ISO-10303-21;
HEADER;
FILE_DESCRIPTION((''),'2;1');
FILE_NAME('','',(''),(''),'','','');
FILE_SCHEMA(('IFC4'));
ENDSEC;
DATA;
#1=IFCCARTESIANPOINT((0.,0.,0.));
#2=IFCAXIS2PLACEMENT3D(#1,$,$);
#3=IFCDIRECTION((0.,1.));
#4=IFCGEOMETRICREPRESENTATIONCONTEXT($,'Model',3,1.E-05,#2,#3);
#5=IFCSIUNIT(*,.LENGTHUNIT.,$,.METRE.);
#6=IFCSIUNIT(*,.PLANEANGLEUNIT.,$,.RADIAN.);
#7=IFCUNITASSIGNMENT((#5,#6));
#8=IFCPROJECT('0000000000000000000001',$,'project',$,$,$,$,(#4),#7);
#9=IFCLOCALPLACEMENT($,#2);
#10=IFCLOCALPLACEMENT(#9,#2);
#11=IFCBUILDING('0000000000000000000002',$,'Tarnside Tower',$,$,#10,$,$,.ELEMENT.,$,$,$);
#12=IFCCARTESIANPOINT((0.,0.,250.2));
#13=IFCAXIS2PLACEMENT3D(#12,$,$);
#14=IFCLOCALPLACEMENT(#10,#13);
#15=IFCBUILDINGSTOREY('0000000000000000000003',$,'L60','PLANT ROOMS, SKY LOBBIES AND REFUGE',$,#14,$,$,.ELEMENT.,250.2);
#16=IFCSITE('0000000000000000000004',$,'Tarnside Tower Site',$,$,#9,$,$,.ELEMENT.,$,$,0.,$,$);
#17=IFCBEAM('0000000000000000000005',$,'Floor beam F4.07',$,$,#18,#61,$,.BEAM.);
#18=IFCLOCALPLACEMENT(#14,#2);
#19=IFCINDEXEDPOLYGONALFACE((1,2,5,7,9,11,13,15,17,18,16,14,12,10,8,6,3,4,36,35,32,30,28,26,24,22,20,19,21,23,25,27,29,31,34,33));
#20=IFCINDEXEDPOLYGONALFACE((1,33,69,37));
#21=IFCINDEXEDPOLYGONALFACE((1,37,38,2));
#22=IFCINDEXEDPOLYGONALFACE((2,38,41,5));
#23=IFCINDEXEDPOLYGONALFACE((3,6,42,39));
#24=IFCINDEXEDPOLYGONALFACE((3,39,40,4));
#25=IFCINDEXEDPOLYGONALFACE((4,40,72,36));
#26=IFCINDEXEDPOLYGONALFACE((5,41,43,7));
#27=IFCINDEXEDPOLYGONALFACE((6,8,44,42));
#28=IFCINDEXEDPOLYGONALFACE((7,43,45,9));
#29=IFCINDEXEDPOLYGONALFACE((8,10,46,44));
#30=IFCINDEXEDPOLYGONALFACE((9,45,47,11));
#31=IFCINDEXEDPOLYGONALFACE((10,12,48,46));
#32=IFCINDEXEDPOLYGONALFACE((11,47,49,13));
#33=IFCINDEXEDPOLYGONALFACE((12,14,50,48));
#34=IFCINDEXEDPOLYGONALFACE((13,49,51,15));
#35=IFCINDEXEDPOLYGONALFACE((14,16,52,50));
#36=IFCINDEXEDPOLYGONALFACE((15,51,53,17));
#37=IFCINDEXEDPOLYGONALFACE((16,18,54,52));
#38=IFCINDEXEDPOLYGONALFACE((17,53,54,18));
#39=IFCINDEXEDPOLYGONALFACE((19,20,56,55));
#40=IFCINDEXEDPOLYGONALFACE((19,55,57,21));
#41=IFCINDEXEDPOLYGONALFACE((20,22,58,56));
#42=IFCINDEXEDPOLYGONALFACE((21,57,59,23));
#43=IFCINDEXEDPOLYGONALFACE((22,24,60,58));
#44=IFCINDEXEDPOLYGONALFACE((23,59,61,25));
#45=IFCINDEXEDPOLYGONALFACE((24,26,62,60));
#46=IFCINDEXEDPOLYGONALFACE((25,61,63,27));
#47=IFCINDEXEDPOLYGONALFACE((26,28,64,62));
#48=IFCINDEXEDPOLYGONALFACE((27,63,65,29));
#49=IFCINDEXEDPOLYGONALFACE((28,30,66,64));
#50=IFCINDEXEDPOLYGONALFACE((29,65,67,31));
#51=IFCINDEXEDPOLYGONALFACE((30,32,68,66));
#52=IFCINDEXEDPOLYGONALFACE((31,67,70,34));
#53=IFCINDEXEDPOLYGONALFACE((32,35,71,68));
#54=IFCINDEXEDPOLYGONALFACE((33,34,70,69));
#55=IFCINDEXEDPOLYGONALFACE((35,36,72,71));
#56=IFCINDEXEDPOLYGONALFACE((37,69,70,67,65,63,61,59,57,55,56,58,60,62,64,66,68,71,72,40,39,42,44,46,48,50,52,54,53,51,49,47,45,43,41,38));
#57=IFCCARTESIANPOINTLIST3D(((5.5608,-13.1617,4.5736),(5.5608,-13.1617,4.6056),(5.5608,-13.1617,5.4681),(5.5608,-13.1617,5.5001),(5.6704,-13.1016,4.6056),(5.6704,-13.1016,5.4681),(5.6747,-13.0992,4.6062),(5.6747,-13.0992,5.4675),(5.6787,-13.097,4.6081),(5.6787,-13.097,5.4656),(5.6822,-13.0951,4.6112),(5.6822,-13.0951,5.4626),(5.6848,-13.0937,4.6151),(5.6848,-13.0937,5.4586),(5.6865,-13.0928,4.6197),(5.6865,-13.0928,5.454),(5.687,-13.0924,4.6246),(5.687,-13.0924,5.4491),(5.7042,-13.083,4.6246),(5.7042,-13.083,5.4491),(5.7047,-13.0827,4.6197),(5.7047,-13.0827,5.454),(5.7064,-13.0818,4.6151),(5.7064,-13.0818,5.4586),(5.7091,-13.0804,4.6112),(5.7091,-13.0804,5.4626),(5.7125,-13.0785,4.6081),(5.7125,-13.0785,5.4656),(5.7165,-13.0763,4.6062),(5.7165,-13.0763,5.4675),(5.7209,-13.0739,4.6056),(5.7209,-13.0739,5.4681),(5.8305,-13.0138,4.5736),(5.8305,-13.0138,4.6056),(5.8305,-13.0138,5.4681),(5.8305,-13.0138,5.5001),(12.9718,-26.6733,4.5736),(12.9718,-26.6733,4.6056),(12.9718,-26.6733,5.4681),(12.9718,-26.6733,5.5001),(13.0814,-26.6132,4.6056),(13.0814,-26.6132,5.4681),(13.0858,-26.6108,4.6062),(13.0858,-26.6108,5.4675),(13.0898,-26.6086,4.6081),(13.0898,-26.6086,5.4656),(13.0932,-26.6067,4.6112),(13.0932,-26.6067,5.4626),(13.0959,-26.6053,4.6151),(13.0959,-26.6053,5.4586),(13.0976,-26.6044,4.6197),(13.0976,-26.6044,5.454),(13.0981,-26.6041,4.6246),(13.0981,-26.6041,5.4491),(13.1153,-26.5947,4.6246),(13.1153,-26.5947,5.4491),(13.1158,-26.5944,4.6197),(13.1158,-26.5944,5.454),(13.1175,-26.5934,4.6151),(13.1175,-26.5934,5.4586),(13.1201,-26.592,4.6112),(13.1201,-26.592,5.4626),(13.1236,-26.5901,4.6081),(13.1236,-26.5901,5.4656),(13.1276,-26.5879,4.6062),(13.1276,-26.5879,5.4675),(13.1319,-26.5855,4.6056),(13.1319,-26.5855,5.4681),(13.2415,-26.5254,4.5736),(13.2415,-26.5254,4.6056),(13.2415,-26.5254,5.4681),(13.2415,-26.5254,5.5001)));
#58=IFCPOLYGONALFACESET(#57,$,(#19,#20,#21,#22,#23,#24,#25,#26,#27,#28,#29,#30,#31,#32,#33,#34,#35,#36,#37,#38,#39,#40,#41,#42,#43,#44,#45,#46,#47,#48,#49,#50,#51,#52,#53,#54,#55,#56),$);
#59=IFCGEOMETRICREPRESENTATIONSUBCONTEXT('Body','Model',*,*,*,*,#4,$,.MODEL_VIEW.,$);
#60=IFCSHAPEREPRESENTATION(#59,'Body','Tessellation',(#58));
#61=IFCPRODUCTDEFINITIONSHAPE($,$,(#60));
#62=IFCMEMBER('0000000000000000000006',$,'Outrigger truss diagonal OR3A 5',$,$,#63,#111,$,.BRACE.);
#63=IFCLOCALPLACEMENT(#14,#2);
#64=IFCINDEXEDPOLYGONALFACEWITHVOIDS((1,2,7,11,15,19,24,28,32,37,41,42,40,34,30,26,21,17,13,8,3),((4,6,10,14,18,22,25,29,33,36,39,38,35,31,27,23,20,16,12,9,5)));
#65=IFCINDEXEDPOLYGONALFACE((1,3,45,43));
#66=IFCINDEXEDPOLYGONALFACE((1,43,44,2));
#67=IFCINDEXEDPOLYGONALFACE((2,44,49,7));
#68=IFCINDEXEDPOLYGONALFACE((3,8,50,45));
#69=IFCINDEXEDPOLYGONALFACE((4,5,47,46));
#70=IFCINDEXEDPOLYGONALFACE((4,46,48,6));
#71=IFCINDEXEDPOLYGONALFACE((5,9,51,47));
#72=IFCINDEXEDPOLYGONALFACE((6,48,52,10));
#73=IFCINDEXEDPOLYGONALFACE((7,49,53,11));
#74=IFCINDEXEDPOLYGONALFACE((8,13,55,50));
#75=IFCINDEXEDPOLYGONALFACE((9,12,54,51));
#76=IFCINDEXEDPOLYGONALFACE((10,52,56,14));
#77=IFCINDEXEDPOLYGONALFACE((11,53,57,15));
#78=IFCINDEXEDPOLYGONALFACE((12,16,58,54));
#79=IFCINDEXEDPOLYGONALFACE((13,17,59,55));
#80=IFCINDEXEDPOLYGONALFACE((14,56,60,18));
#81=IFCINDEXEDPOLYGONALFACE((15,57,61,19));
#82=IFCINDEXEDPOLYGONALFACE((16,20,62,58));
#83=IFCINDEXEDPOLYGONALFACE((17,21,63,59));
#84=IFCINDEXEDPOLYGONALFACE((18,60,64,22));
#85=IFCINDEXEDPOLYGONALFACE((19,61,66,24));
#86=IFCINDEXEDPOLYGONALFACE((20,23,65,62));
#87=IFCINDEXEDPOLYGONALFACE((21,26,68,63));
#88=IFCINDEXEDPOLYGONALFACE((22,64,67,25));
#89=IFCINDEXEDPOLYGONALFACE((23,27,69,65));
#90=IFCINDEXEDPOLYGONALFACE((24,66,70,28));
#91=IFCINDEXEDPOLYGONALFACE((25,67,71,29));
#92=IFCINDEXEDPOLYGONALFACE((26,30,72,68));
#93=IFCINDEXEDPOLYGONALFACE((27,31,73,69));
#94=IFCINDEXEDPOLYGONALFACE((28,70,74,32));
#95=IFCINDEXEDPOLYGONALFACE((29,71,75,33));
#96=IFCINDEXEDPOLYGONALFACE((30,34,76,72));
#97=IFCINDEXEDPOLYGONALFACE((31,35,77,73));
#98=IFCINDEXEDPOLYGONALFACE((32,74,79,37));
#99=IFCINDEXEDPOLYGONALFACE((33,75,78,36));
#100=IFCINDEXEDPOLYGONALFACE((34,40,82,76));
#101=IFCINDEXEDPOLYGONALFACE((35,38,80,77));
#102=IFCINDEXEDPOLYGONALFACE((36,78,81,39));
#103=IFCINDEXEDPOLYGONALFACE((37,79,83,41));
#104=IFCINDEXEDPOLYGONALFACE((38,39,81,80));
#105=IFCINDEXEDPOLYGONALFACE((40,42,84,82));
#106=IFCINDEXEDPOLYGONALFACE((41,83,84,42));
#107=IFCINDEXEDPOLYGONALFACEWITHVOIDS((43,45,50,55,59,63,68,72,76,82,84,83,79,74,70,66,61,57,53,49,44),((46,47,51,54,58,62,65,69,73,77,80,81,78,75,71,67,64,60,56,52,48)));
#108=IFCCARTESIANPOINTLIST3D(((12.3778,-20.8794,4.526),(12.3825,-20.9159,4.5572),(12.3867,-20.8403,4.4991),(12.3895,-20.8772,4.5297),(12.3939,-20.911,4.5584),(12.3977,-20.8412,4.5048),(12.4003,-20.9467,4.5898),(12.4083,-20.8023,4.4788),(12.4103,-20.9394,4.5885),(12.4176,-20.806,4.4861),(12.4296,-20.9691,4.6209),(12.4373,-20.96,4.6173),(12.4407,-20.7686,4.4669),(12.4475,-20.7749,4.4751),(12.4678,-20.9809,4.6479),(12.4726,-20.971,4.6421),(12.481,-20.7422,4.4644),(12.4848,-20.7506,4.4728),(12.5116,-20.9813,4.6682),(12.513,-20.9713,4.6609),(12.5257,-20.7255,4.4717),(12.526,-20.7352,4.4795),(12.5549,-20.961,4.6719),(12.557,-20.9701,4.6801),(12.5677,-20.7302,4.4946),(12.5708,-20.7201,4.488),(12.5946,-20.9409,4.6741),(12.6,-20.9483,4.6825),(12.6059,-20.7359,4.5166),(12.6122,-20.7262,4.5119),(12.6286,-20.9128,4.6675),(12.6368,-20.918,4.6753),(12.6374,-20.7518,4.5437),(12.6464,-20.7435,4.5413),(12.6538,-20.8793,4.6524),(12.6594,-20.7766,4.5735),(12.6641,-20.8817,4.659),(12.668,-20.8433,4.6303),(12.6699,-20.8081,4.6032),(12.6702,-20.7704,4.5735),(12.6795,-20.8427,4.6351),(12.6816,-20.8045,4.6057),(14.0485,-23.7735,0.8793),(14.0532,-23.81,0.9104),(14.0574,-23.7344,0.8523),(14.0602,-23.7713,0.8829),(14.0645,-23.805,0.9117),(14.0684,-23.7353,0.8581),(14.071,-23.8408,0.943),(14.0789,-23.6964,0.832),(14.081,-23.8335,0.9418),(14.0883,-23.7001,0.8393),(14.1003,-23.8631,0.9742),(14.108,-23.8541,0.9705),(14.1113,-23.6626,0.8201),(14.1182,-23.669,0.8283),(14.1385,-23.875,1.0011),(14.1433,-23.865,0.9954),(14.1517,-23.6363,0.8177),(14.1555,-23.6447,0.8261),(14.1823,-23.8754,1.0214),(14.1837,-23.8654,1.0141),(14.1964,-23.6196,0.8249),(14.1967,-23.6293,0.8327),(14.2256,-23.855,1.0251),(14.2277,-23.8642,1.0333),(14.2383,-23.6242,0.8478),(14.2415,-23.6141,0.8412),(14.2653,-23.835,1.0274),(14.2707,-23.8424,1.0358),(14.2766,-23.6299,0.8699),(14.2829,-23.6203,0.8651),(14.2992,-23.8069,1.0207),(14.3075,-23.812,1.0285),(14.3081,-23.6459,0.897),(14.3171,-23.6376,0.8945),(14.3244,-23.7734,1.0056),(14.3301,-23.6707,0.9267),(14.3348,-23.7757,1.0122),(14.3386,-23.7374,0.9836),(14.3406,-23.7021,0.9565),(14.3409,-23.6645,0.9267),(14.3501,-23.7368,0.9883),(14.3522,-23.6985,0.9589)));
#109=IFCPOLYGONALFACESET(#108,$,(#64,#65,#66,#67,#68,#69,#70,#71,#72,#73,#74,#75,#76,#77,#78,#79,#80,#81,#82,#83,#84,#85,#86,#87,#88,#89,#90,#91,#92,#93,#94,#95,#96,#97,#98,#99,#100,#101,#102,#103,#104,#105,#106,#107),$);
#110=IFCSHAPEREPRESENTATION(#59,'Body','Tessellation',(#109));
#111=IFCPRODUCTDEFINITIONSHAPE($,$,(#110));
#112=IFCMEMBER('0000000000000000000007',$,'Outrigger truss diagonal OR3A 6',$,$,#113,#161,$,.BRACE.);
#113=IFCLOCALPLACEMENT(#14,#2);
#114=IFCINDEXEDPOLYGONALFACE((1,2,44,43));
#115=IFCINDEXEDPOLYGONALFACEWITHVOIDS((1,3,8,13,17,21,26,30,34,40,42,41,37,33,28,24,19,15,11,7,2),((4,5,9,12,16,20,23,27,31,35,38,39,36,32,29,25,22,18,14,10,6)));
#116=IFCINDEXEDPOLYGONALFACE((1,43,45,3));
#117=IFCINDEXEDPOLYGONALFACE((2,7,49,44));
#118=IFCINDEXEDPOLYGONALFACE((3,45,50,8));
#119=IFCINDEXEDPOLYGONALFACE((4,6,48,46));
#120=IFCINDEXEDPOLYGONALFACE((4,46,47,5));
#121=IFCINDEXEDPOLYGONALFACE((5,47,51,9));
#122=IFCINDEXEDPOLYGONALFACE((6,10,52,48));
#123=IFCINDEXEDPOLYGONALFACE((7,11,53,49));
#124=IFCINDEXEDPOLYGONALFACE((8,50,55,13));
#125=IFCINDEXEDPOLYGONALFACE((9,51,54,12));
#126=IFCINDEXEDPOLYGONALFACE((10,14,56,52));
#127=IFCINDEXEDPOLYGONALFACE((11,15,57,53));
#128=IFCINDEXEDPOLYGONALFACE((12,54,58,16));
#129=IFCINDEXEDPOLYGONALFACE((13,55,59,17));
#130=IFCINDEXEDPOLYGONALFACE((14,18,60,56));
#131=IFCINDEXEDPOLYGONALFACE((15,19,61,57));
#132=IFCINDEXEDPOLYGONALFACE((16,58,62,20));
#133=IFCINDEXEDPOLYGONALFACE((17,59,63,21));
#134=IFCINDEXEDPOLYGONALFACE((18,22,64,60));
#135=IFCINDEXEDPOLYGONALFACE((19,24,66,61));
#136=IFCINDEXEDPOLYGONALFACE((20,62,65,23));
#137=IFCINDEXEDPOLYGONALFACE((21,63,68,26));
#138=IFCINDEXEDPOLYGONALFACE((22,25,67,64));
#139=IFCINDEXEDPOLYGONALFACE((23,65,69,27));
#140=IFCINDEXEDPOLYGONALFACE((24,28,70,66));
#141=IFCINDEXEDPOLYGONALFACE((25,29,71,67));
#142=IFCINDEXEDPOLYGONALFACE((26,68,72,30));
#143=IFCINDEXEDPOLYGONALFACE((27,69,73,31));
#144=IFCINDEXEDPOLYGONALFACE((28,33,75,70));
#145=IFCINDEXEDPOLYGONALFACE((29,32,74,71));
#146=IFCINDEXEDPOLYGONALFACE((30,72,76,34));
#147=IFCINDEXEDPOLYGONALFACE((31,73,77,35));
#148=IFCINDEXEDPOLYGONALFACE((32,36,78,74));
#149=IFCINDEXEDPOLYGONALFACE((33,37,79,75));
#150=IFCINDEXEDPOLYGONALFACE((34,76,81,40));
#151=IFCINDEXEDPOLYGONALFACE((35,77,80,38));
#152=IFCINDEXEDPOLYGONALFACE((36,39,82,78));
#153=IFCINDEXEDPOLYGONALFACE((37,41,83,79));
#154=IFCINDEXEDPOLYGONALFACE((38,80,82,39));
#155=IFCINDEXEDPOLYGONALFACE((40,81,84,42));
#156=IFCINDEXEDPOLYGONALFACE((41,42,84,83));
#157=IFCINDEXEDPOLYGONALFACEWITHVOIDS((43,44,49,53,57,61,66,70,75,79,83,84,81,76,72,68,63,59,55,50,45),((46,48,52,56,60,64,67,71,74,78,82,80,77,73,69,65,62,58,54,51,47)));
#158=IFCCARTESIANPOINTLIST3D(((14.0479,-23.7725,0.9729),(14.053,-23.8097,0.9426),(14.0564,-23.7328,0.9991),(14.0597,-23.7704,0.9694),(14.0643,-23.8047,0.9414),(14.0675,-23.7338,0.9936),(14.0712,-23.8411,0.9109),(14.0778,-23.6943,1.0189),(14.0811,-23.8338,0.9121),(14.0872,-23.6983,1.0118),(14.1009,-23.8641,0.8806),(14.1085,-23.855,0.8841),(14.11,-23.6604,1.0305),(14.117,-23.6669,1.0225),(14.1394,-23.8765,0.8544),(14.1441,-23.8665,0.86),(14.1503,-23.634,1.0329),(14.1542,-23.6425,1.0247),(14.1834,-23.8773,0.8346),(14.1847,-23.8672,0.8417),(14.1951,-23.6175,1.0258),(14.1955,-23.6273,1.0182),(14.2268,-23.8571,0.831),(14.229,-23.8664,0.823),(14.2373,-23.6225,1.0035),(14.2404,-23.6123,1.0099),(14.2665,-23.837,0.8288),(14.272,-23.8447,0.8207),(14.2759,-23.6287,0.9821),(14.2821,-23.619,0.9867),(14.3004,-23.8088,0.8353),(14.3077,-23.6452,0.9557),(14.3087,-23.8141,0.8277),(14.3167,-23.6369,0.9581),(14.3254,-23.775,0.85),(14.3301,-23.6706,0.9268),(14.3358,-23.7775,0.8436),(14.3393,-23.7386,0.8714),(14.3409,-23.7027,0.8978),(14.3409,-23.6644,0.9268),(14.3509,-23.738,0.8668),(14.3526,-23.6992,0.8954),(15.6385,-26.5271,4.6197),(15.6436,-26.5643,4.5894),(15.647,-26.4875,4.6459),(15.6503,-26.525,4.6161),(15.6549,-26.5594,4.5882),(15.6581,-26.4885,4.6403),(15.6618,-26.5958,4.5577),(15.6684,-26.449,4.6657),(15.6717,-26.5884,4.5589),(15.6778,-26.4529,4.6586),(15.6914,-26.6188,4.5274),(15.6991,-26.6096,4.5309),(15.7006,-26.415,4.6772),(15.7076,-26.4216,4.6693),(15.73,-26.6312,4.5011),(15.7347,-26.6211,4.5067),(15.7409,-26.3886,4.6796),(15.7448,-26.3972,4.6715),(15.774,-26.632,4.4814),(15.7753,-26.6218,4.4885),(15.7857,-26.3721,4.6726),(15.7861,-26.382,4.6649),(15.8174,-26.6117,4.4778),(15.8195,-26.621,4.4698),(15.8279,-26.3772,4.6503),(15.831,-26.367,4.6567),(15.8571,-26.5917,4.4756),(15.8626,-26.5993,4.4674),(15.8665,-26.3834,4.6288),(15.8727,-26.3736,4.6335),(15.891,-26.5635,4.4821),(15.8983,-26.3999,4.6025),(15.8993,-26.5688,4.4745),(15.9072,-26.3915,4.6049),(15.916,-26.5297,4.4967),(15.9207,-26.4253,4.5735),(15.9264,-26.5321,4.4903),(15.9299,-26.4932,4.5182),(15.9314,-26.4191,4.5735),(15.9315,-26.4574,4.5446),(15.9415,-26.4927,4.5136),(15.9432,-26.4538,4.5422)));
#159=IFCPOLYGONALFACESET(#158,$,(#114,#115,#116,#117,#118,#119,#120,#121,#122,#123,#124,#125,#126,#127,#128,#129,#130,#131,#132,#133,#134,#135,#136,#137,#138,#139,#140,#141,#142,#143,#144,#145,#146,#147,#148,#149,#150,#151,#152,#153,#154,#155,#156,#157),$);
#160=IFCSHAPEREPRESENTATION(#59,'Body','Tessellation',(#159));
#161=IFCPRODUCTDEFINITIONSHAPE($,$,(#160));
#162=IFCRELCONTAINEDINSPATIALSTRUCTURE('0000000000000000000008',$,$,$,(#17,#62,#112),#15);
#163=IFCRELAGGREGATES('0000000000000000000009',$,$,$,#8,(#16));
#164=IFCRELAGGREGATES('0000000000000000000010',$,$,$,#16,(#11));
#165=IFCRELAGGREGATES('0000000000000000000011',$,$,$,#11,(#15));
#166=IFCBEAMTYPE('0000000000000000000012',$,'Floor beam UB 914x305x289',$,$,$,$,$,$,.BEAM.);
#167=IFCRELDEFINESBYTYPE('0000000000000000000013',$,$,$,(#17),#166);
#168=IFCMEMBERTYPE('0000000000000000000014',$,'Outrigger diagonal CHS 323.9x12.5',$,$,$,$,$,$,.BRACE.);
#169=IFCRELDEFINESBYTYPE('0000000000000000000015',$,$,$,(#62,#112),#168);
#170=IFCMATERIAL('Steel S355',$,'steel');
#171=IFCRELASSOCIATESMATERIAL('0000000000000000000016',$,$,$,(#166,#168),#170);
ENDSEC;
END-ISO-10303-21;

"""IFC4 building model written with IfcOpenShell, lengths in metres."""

from ifc_helpers import new_model, si_unit, direction, frame, origin, origin_2d, place, context, subcontext, project, spatial, hollow_circle, i_section, extrude, material, material_profile, profile_set, type_object, element, save


model = new_model("IFC4")

# Units and contexts
model_context = context("Model", 3, precision=1e-05, world=origin(), true_north=direction((0.0, 1.0)))
body_context = subcontext(model_context, "Body", "Model", "MODEL_VIEW")
ifc_project = project(units=[si_unit("LENGTHUNIT", "METRE"), si_unit("PLANEANGLEUNIT", "RADIAN")], contexts=[model_context])

# Site, building, storey
site_placement = place(None, origin())
site = spatial("IfcSite", under=ifc_project, at=site_placement, Name="Tarnside Tower Site", CompositionType="ELEMENT", RefElevation=0.0)
building_placement = place(site_placement, origin())
building = spatial("IfcBuilding", under=site, at=building_placement, Name="Tarnside Tower", CompositionType="ELEMENT")
storey_placement = place(building_placement, frame((0.0, 0.0, 250.2)))
storey = spatial("IfcBuildingStorey", under=building, at=storey_placement, Name="L60", Description="PLANT ROOMS, SKY LOBBIES AND REFUGE", CompositionType="ELEMENT", Elevation=250.2)

# Beam
ifc_material_1 = material(Name="Steel S355", Category="steel")
ifc_material_profile_1 = material_profile(ifc_material_1, i_section(OverallWidth=0.3076, OverallDepth=0.9265, WebThickness=0.0195, FlangeThickness=0.032, FilletRadius=0.019, at=origin_2d()), Name="UB 914x305x289")
ifc_profile_set_1 = profile_set([ifc_material_profile_1], Name="Steel S355")
beam_type = type_object("IfcBeamType", Name="Floor beam UB 914x305x289", PredefinedType="BEAM", material=ifc_profile_set_1)
beam_placement = place(storey_placement, frame((13.1067, -26.5994, 5.0369), z_axis=(-0.480906, 0.876772, 0.0), x_axis=(-0.876772, -0.480906, 0.0)))
element("IfcBeam", 1, at=beam_placement, inside=storey, type_object=beam_type, Name="Floor beam F4.07", PredefinedType="BEAM", context=body_context, shape_type="SweptSolid", body=[
    extrude(i_section(OverallWidth=0.3076, OverallDepth=0.9265, WebThickness=0.0195, FlangeThickness=0.032, FilletRadius=0.019, at=origin_2d()), origin(), (0.0, 0.0, 1.0), 15.4106),
])

# Members
ifc_material_profile_2 = material_profile(ifc_material_1, hollow_circle(Radius=0.1619, WallThickness=0.0125, at=origin_2d()), Name="CHS 323.9x12.5")
ifc_profile_set_2 = profile_set([ifc_material_profile_2], Name="Steel S355")
member_type_1 = type_object("IfcMemberType", Name="Outrigger diagonal CHS 323.9x12.5", PredefinedType="BRACE", material=ifc_profile_set_2)
member_1_placement = place(storey_placement, frame((12.53, -20.8513, 4.5735), z_axis=(0.337763, -0.585101, -0.737274), x_axis=(0.866054, 0.49995, 0.0)))
element("IfcMember", 2, at=member_1_placement, inside=storey, type_object=member_type_1, Name="Outrigger truss diagonal OR3A 5", PredefinedType="BRACE", context=body_context, shape_type="SweptSolid", body=[
    extrude(hollow_circle(Radius=0.1619, WallThickness=0.0125, at=origin_2d()), origin(), (0.0, 0.0, 1.0), 4.9463),
])
member_2_placement = place(storey_placement, frame((14.2007, -23.7454, 0.9268), z_axis=(0.328695, -0.56925, 0.753601), x_axis=(0.866, 0.500044, 0.0)))
element("IfcMember", 3, at=member_2_placement, inside=storey, type_object=member_type_1, Name="Outrigger truss diagonal OR3A 6", PredefinedType="BRACE", context=body_context, shape_type="SweptSolid", body=[
    extrude(hollow_circle(Radius=0.1619, WallThickness=0.0125, at=origin_2d()), origin(), (0.0, 0.0, 1.0), 4.8391),
])

save(model, "model.ifc")
